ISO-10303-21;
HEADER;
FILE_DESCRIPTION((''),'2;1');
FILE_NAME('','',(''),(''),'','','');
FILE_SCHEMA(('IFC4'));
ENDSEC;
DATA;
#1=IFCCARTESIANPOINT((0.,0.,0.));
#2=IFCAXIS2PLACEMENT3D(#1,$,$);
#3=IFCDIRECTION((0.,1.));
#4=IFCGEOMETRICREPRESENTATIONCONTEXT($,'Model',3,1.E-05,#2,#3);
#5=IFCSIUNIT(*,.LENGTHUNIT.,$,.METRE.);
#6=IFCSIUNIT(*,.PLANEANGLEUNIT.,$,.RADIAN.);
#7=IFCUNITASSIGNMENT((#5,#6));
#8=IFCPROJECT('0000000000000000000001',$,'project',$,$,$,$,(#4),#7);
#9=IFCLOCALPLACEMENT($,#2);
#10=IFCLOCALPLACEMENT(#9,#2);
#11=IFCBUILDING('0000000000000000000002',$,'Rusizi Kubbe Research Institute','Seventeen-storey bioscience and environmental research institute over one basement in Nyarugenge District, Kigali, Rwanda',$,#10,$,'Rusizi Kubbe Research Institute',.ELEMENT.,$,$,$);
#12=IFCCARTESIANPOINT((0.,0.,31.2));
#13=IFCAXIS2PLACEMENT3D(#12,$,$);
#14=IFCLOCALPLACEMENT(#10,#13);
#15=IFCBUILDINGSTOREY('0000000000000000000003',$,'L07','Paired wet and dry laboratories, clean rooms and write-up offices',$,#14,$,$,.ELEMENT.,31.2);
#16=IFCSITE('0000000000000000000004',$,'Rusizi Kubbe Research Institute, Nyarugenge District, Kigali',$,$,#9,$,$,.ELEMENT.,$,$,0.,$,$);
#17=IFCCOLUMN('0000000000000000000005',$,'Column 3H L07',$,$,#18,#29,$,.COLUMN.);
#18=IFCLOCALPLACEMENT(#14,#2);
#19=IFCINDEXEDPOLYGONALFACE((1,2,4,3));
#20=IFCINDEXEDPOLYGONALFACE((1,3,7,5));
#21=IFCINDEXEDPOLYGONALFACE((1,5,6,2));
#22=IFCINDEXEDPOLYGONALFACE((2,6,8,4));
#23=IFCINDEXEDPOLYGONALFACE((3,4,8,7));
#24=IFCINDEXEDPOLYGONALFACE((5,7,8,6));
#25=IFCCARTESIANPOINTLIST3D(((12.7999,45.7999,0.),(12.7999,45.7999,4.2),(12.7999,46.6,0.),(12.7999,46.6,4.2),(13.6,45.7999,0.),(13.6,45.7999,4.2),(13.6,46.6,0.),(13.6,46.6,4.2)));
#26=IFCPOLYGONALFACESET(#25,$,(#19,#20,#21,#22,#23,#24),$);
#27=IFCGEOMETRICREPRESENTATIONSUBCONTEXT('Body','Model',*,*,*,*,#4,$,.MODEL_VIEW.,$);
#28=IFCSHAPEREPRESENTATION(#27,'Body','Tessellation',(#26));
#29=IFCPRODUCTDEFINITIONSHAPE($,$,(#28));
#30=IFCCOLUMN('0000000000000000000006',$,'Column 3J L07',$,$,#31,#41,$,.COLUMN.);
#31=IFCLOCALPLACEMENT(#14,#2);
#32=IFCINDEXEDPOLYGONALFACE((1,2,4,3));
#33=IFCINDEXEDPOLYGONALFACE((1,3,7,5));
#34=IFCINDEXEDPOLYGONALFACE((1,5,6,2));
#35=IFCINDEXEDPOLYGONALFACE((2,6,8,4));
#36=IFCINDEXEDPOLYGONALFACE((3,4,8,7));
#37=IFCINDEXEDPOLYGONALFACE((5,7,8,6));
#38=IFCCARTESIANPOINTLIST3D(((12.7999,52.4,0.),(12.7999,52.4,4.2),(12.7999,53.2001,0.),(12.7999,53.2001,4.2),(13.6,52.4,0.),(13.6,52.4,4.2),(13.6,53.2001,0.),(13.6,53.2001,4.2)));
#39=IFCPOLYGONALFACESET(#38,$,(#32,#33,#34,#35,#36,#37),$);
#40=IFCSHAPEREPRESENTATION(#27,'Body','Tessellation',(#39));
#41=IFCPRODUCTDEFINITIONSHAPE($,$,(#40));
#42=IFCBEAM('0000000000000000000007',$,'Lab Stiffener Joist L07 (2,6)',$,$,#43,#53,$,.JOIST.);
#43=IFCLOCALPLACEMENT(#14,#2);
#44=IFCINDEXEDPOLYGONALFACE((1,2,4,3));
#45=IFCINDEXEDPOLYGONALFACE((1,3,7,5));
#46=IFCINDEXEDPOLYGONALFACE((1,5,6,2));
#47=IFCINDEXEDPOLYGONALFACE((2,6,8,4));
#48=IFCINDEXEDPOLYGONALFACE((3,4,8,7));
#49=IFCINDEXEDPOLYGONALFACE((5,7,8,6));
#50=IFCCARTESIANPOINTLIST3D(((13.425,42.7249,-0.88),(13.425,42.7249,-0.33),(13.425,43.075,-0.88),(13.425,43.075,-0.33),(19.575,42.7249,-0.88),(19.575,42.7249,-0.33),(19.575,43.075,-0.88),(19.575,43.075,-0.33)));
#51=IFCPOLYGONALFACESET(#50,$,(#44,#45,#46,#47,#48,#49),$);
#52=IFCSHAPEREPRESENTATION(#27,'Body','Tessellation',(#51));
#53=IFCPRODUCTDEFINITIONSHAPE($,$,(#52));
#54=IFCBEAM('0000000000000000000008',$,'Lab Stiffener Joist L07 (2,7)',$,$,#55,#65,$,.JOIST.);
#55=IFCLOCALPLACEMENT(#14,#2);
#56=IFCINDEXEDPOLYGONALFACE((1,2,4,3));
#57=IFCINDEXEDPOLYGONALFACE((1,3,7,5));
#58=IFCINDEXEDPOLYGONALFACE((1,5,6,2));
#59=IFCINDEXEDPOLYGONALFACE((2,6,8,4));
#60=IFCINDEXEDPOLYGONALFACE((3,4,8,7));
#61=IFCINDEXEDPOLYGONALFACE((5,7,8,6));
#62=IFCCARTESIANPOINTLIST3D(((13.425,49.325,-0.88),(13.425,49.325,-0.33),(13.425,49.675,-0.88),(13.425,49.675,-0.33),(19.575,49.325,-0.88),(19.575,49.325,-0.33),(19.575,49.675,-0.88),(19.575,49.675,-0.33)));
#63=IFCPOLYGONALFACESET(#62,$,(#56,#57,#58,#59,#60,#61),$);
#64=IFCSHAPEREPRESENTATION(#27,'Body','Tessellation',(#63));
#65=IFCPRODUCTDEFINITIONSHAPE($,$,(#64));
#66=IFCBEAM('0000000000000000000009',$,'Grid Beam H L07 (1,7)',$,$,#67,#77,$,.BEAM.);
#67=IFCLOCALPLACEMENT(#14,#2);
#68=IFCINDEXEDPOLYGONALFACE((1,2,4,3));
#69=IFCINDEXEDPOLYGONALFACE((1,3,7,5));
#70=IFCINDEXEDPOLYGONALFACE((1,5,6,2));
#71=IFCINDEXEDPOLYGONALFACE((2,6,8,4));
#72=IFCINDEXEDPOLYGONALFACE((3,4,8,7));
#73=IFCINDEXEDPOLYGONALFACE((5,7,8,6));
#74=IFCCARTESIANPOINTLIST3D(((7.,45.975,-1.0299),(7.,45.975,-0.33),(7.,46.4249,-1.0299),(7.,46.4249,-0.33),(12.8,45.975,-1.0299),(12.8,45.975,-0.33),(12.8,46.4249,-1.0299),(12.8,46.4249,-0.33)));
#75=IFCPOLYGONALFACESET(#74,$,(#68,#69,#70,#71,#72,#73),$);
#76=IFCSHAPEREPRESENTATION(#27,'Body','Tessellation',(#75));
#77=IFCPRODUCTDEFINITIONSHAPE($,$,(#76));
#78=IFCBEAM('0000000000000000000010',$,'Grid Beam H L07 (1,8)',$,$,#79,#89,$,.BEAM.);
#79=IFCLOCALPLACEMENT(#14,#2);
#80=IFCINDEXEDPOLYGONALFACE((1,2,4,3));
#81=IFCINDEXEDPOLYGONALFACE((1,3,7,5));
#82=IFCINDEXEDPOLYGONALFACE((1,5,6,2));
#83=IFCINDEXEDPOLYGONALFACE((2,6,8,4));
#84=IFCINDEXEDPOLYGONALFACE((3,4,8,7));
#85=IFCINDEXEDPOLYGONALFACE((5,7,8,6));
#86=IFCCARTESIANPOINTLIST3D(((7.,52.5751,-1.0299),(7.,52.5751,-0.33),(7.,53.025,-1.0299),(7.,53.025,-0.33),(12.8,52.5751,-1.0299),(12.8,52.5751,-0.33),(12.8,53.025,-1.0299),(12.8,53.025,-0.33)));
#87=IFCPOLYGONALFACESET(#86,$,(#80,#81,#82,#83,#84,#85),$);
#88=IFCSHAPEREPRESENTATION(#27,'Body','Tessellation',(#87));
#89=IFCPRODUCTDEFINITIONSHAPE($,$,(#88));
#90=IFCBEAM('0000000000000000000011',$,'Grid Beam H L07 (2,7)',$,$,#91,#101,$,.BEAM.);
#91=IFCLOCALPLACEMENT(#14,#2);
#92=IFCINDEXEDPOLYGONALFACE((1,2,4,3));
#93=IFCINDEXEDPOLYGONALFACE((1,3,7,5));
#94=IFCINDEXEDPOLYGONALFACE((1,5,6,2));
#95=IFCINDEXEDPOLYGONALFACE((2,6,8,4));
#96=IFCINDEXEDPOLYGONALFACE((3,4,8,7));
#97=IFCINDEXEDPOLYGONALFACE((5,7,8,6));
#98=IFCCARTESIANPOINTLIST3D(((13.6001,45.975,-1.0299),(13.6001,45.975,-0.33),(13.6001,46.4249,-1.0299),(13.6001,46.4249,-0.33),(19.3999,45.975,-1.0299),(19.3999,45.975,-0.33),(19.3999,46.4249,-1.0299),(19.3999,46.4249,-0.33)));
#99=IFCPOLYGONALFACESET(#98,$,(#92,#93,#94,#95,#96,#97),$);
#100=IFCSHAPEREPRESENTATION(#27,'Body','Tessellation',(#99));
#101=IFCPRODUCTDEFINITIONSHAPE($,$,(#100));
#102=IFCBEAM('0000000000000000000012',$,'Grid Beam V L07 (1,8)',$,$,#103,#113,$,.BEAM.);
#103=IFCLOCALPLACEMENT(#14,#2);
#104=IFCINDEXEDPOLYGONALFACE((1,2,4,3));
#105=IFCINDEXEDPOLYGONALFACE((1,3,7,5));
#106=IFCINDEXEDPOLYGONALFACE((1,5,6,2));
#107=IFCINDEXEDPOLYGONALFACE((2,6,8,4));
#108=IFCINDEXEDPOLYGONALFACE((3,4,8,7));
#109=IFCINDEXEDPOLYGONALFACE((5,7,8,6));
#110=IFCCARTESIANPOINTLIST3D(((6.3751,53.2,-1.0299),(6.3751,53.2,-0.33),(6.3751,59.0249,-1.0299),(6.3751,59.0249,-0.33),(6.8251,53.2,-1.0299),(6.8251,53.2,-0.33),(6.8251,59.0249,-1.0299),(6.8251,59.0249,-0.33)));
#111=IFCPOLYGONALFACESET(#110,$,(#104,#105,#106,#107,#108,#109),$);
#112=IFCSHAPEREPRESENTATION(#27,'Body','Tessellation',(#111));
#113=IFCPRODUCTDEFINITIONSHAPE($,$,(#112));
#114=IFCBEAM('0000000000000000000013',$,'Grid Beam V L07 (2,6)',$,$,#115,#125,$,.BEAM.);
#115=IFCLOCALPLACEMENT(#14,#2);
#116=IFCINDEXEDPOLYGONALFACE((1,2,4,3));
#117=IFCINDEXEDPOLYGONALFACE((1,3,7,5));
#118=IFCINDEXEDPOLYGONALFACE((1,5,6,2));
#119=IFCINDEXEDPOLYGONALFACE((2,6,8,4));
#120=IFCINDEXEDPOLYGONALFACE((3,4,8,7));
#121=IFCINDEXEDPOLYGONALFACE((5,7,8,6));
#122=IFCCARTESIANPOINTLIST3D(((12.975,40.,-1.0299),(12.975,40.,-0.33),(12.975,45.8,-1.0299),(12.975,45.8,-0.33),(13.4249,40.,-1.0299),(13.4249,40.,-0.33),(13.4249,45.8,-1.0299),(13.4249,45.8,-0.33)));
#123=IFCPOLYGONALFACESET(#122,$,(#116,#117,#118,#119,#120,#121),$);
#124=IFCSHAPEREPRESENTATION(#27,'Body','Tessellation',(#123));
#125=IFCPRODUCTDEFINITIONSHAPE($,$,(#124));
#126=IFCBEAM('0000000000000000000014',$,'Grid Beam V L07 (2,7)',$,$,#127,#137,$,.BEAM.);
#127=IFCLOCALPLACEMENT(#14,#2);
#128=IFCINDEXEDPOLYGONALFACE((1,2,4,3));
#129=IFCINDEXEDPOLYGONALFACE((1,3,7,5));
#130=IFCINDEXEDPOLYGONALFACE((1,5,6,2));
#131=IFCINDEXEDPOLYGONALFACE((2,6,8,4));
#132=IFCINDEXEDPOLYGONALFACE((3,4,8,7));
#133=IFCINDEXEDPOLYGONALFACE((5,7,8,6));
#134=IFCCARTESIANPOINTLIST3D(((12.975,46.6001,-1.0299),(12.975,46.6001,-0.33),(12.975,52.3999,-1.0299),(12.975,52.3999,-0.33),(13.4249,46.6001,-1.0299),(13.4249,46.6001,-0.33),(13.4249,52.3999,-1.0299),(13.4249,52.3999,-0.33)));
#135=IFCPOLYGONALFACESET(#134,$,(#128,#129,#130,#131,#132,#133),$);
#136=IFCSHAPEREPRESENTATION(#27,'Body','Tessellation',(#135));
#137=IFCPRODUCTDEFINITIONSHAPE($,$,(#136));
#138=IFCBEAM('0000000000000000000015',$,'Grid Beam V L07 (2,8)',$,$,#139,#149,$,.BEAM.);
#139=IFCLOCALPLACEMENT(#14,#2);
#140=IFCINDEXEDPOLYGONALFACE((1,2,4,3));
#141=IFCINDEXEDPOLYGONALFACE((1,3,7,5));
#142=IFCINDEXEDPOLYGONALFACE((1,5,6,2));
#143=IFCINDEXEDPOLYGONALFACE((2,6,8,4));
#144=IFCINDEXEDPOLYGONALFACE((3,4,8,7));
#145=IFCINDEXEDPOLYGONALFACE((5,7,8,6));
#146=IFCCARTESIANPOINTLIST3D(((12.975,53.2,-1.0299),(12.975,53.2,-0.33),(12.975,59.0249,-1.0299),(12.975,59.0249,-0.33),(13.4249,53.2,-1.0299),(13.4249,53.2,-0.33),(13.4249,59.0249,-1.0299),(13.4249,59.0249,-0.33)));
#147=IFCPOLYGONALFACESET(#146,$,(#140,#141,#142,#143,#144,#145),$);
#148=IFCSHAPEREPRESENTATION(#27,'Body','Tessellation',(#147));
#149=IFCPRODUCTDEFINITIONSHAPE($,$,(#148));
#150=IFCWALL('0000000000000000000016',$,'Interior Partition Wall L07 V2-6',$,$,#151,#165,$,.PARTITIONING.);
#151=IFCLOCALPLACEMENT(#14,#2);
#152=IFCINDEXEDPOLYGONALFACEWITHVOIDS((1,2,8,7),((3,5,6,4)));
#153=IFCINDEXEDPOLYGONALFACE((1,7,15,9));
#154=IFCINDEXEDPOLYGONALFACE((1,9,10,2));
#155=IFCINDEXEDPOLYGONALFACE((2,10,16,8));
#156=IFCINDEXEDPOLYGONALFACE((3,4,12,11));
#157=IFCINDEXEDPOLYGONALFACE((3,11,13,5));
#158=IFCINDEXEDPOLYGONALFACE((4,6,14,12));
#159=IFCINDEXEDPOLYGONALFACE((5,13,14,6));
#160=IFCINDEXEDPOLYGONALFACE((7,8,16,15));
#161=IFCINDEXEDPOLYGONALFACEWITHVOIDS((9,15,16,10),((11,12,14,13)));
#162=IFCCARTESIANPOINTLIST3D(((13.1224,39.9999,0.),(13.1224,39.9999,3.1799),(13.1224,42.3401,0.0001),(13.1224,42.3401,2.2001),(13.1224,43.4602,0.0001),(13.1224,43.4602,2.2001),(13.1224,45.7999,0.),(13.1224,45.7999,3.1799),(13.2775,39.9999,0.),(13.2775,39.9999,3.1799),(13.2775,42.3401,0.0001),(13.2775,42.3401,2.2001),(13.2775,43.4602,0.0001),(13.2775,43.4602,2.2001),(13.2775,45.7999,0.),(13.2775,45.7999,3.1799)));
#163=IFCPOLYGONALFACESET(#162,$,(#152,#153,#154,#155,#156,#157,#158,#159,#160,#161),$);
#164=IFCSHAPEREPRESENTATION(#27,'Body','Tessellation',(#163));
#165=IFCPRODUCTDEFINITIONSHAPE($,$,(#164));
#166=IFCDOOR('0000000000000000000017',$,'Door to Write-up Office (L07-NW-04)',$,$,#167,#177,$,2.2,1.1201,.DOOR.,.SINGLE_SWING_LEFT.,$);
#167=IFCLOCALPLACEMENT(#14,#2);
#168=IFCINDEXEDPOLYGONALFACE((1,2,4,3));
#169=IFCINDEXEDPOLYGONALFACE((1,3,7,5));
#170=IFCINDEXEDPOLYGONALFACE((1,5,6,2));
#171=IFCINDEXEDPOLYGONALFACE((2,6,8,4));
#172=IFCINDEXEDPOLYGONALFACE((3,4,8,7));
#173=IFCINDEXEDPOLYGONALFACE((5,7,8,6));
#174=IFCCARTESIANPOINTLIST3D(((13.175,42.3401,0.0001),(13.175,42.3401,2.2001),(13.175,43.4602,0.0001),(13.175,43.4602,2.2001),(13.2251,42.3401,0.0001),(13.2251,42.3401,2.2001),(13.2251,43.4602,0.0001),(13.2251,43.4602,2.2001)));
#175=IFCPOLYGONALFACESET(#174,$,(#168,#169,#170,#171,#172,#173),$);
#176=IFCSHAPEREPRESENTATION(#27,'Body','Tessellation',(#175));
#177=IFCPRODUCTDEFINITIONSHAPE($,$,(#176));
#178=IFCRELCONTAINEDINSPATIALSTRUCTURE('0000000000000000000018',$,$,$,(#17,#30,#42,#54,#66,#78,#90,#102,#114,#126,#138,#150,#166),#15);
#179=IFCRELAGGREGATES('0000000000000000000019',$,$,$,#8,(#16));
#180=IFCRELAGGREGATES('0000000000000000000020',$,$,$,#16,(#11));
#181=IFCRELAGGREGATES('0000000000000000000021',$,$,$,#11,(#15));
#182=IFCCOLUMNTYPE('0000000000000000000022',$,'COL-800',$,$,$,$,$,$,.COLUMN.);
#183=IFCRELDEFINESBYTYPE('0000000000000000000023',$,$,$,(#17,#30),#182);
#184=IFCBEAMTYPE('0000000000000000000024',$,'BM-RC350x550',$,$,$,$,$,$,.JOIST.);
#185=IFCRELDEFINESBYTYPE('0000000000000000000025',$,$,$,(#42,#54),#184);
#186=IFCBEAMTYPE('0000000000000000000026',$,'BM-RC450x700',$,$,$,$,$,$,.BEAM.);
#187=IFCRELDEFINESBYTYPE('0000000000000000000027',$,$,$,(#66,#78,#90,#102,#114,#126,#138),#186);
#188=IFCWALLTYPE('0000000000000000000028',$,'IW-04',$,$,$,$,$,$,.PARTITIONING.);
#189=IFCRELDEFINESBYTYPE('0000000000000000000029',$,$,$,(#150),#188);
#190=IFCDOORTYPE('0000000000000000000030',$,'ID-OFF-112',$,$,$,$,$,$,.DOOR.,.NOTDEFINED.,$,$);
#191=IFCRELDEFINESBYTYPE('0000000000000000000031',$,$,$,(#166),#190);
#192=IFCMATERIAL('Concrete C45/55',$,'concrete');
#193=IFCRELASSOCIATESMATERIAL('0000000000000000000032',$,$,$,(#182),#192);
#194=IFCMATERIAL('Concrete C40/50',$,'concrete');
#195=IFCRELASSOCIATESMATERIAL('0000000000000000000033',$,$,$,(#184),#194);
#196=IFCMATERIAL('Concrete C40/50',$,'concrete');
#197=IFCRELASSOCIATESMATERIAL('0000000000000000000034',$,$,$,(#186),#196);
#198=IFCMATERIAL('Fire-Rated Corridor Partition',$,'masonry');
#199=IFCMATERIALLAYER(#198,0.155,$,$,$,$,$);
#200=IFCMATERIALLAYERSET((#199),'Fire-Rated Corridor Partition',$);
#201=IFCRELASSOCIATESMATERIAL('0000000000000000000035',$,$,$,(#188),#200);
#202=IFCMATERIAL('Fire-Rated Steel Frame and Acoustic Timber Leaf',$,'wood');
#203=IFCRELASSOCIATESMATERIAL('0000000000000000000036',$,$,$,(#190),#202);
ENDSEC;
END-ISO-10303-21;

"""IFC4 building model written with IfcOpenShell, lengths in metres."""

from ifc_helpers import new_model, si_unit, direction, frame, frame_2d, origin, origin_2d, place, context, subcontext, project, spatial, rectangle, extrude, material, layer, layer_set, material_profile, profile_set, type_object, element, fill, save


model = new_model("IFC4")

# Units and contexts
model_context = context("Model", 3, precision=1e-05, world=origin(), true_north=direction((0.0, 1.0)))
body_context = subcontext(model_context, "Body", "Model", "MODEL_VIEW")
ifc_project = project(units=[si_unit("LENGTHUNIT", "METRE"), si_unit("PLANEANGLEUNIT", "RADIAN")], contexts=[model_context])

# Site, building, storey
site_placement = place(None, origin())
site = spatial("IfcSite", under=ifc_project, at=site_placement, Name="Rusizi Kubbe Research Institute, Nyarugenge District, Kigali", CompositionType="ELEMENT", RefElevation=0.0)
building_placement = place(site_placement, origin())
building = spatial("IfcBuilding", under=site, at=building_placement, Name="Rusizi Kubbe Research Institute", Description="Seventeen-storey bioscience and environmental research institute over one basement in Nyarugenge District, Kigali, Rwanda", LongName="Rusizi Kubbe Research Institute", CompositionType="ELEMENT")
storey_placement = place(building_placement, frame((0.0, 0.0, 31.2)))
storey = spatial("IfcBuildingStorey", under=building, at=storey_placement, Name="L07", Description="Paired wet and dry laboratories, clean rooms and write-up offices", CompositionType="ELEMENT", Elevation=31.2)

# Columns
ifc_material_1 = material(Name="Concrete C45/55", Category="concrete")
ifc_material_profile_1 = material_profile(ifc_material_1, rectangle(XDim=0.8, YDim=0.8, at=origin_2d()), Name="RC800x800")
ifc_profile_set_1 = profile_set([ifc_material_profile_1], Name="Concrete C45/55")
column_type = type_object("IfcColumnType", Name="COL-800", PredefinedType="COLUMN", material=ifc_profile_set_1)
for number, where, z_axis, x_axis, name in (
    (1, (13.2, 46.2, 0.0), (0.0, 0.0, 1.0), (1.0, 0.0, 0.0), "Column 3H L07"),
    (2, (13.2, 52.8, 0.0), (0.0, 0.0, 1.0), (1.0, 0.0, 0.0), "Column 3J L07"),
):
    element("IfcColumn", number, at=place(storey_placement, frame(where, z_axis=z_axis, x_axis=x_axis)), inside=storey, type_object=column_type, Name=name, PredefinedType="COLUMN", context=body_context, shape_type="SweptSolid", body=[
        extrude(rectangle(XDim=0.8, YDim=0.8, at=origin_2d()), origin(), (0.0, 0.0, 1.0), 4.2),
    ])

# Beams
ifc_material_2 = material(Name="Concrete C40/50", Category="concrete")
ifc_material_profile_2 = material_profile(ifc_material_2, rectangle(XDim=0.3501, YDim=0.55, at=origin_2d()), Name="RC350x550")
ifc_profile_set_2 = profile_set([ifc_material_profile_2], Name="Concrete C40/50")
beam_type_1 = type_object("IfcBeamType", Name="BM-RC350x550", PredefinedType="JOIST", material=ifc_profile_set_2)
for number, where, z_axis, x_axis, name in (
    (3, (13.425, 42.8999, -0.605), (1.0, 0.0, 0.0), (0.0, 1.0, 0.0), "Lab Stiffener Joist L07 (2,6)"),
    (4, (13.425, 49.5, -0.605), (1.0, 0.0, 0.0), (0.0, 1.0, 0.0), "Lab Stiffener Joist L07 (2,7)"),
):
    element("IfcBeam", number, at=place(storey_placement, frame(where, z_axis=z_axis, x_axis=x_axis)), inside=storey, type_object=beam_type_1, Name=name, PredefinedType="JOIST", context=body_context, shape_type="SweptSolid", body=[
        extrude(rectangle(XDim=0.3501, YDim=0.55, at=origin_2d()), origin(), (0.0, 0.0, 1.0), 6.1499),
    ])
ifc_material_3 = material(Name="Concrete C40/50", Category="concrete")
ifc_material_profile_3 = material_profile(ifc_material_3, rectangle(XDim=0.45, YDim=0.7, at=origin_2d()), Name="RC450x700B")
ifc_profile_set_3 = profile_set([ifc_material_profile_3], Name="Concrete C40/50")
beam_type_2 = type_object("IfcBeamType", Name="BM-RC450x700", PredefinedType="BEAM", material=ifc_profile_set_3)
for number, where, z_axis, x_axis, name in (
    (5, (7.0, 46.2, -0.6799), (1.0, 0.0, 0.0), (0.0, 1.0, 0.0), "Grid Beam H L07 (1,7)"),
    (6, (7.0, 52.8, -0.6799), (1.0, 0.0, 0.0), (0.0, 1.0, 0.0), "Grid Beam H L07 (1,8)"),
):
    element("IfcBeam", number, at=place(storey_placement, frame(where, z_axis=z_axis, x_axis=x_axis)), inside=storey, type_object=beam_type_2, Name=name, PredefinedType="BEAM", context=body_context, shape_type="SweptSolid", body=[
        extrude(rectangle(XDim=0.45, YDim=0.7, at=origin_2d()), origin(), (0.0, 0.0, 1.0), 5.8),
    ])
beam_1_placement = place(storey_placement, frame((13.6001, 46.2, -0.6799), z_axis=(1.0, 0.0, 0.0), x_axis=(0.0, 1.0, 0.0)))
element("IfcBeam", 7, at=beam_1_placement, inside=storey, type_object=beam_type_2, Name="Grid Beam H L07 (2,7)", PredefinedType="BEAM", context=body_context, shape_type="SweptSolid", body=[
    extrude(rectangle(XDim=0.45, YDim=0.7, at=origin_2d()), origin(), (0.0, 0.0, 1.0), 5.7998),
])
beam_2_placement = place(storey_placement, frame((6.6001, 53.2, -0.6799), z_axis=(0.0, 1.0, 0.0), x_axis=(-1.0, 0.0, 0.0)))
element("IfcBeam", 8, at=beam_2_placement, inside=storey, type_object=beam_type_2, Name="Grid Beam V L07 (1,8)", PredefinedType="BEAM", context=body_context, shape_type="SweptSolid", body=[
    extrude(rectangle(XDim=0.45, YDim=0.7, at=origin_2d()), origin(), (0.0, 0.0, 1.0), 5.825),
])
beam_3_placement = place(storey_placement, frame((13.2, 40.0, -0.6799), z_axis=(0.0, 1.0, 0.0), x_axis=(-1.0, 0.0, 0.0)))
element("IfcBeam", 9, at=beam_3_placement, inside=storey, type_object=beam_type_2, Name="Grid Beam V L07 (2,6)", PredefinedType="BEAM", context=body_context, shape_type="SweptSolid", body=[
    extrude(rectangle(XDim=0.45, YDim=0.7, at=origin_2d()), origin(), (0.0, 0.0, 1.0), 5.8),
])
beam_4_placement = place(storey_placement, frame((13.2, 46.6001, -0.6799), z_axis=(0.0, 1.0, 0.0), x_axis=(-1.0, 0.0, 0.0)))
element("IfcBeam", 10, at=beam_4_placement, inside=storey, type_object=beam_type_2, Name="Grid Beam V L07 (2,7)", PredefinedType="BEAM", context=body_context, shape_type="SweptSolid", body=[
    extrude(rectangle(XDim=0.45, YDim=0.7, at=origin_2d()), origin(), (0.0, 0.0, 1.0), 5.7998),
])
beam_5_placement = place(storey_placement, frame((13.2, 53.2, -0.6799), z_axis=(0.0, 1.0, 0.0), x_axis=(-1.0, 0.0, 0.0)))
element("IfcBeam", 11, at=beam_5_placement, inside=storey, type_object=beam_type_2, Name="Grid Beam V L07 (2,8)", PredefinedType="BEAM", context=body_context, shape_type="SweptSolid", body=[
    extrude(rectangle(XDim=0.45, YDim=0.7, at=origin_2d()), origin(), (0.0, 0.0, 1.0), 5.825),
])

# Wall, opening, door
ifc_material_4 = material(Name="Fire-Rated Corridor Partition", Category="masonry")
ifc_layer_1 = layer(ifc_material_4, 0.155)
ifc_layer_set_1 = layer_set([ifc_layer_1], Name="Fire-Rated Corridor Partition")
wall_type_1 = type_object("IfcWallType", Name="IW-04", PredefinedType="PARTITIONING", material=ifc_layer_set_1)
wall_1_placement = place(storey_placement, frame((13.2, 40.0, 0.0), z_axis=(0.0, 0.0, 1.0), x_axis=(0.0, 1.0, 0.0)))
wall_1 = element("IfcWall", 12, at=wall_1_placement, inside=storey, type_object=wall_type_1, Name="Interior Partition Wall L07 V2-6", PredefinedType="PARTITIONING", context=body_context, shape_type="SweptSolid", body=[
    extrude(rectangle(XDim=5.8, YDim=0.155, at=frame_2d((2.8999, 0.0))), origin(), (0.0, 0.0, 1.0), 3.1799),
])
opening_1_placement = place(wall_1_placement, frame((2.3401, 0.0, 0.0)))
opening_1 = element("IfcOpeningElement", 13, at=opening_1_placement, cuts=wall_1, PredefinedType="OPENING", context=body_context, shape_type="SweptSolid", body=[
    extrude(rectangle(XDim=1.1201, YDim=2.2, at=frame_2d((0.5601, 1.1001))), frame((0.0, 0.0874, 0.0), z_axis=(0.0, -1.0, 0.0), x_axis=(1.0, 0.0, 0.0)), (0.0, 0.0, 1.0), 0.175),
])
ifc_material_5 = material(Name="Fire-Rated Steel Frame and Acoustic Timber Leaf", Category="wood")
door_type_1 = type_object("IfcDoorType", Name="ID-OFF-112", OperationType="NOTDEFINED", PredefinedType="DOOR", material=ifc_material_5)
door_1_placement = place(opening_1_placement, origin())
door_1 = element("IfcDoor", 14, at=door_1_placement, inside=storey, type_object=door_type_1, Name="Door to Write-up Office (L07-NW-04)", OperationType="SINGLE_SWING_LEFT", OverallHeight=2.2, OverallWidth=1.1201, PredefinedType="DOOR", context=body_context, shape_type="SweptSolid", body=[
    extrude(rectangle(XDim=1.1201, YDim=2.2, at=frame_2d((0.5601, 1.1001))), frame((0.0, 0.0249, 0.0), z_axis=(0.0, -1.0, 0.0), x_axis=(1.0, 0.0, 0.0)), (0.0, 0.0, 1.0), 0.05),
])
fill(opening_1, door_1)

save(model, "model.ifc")
